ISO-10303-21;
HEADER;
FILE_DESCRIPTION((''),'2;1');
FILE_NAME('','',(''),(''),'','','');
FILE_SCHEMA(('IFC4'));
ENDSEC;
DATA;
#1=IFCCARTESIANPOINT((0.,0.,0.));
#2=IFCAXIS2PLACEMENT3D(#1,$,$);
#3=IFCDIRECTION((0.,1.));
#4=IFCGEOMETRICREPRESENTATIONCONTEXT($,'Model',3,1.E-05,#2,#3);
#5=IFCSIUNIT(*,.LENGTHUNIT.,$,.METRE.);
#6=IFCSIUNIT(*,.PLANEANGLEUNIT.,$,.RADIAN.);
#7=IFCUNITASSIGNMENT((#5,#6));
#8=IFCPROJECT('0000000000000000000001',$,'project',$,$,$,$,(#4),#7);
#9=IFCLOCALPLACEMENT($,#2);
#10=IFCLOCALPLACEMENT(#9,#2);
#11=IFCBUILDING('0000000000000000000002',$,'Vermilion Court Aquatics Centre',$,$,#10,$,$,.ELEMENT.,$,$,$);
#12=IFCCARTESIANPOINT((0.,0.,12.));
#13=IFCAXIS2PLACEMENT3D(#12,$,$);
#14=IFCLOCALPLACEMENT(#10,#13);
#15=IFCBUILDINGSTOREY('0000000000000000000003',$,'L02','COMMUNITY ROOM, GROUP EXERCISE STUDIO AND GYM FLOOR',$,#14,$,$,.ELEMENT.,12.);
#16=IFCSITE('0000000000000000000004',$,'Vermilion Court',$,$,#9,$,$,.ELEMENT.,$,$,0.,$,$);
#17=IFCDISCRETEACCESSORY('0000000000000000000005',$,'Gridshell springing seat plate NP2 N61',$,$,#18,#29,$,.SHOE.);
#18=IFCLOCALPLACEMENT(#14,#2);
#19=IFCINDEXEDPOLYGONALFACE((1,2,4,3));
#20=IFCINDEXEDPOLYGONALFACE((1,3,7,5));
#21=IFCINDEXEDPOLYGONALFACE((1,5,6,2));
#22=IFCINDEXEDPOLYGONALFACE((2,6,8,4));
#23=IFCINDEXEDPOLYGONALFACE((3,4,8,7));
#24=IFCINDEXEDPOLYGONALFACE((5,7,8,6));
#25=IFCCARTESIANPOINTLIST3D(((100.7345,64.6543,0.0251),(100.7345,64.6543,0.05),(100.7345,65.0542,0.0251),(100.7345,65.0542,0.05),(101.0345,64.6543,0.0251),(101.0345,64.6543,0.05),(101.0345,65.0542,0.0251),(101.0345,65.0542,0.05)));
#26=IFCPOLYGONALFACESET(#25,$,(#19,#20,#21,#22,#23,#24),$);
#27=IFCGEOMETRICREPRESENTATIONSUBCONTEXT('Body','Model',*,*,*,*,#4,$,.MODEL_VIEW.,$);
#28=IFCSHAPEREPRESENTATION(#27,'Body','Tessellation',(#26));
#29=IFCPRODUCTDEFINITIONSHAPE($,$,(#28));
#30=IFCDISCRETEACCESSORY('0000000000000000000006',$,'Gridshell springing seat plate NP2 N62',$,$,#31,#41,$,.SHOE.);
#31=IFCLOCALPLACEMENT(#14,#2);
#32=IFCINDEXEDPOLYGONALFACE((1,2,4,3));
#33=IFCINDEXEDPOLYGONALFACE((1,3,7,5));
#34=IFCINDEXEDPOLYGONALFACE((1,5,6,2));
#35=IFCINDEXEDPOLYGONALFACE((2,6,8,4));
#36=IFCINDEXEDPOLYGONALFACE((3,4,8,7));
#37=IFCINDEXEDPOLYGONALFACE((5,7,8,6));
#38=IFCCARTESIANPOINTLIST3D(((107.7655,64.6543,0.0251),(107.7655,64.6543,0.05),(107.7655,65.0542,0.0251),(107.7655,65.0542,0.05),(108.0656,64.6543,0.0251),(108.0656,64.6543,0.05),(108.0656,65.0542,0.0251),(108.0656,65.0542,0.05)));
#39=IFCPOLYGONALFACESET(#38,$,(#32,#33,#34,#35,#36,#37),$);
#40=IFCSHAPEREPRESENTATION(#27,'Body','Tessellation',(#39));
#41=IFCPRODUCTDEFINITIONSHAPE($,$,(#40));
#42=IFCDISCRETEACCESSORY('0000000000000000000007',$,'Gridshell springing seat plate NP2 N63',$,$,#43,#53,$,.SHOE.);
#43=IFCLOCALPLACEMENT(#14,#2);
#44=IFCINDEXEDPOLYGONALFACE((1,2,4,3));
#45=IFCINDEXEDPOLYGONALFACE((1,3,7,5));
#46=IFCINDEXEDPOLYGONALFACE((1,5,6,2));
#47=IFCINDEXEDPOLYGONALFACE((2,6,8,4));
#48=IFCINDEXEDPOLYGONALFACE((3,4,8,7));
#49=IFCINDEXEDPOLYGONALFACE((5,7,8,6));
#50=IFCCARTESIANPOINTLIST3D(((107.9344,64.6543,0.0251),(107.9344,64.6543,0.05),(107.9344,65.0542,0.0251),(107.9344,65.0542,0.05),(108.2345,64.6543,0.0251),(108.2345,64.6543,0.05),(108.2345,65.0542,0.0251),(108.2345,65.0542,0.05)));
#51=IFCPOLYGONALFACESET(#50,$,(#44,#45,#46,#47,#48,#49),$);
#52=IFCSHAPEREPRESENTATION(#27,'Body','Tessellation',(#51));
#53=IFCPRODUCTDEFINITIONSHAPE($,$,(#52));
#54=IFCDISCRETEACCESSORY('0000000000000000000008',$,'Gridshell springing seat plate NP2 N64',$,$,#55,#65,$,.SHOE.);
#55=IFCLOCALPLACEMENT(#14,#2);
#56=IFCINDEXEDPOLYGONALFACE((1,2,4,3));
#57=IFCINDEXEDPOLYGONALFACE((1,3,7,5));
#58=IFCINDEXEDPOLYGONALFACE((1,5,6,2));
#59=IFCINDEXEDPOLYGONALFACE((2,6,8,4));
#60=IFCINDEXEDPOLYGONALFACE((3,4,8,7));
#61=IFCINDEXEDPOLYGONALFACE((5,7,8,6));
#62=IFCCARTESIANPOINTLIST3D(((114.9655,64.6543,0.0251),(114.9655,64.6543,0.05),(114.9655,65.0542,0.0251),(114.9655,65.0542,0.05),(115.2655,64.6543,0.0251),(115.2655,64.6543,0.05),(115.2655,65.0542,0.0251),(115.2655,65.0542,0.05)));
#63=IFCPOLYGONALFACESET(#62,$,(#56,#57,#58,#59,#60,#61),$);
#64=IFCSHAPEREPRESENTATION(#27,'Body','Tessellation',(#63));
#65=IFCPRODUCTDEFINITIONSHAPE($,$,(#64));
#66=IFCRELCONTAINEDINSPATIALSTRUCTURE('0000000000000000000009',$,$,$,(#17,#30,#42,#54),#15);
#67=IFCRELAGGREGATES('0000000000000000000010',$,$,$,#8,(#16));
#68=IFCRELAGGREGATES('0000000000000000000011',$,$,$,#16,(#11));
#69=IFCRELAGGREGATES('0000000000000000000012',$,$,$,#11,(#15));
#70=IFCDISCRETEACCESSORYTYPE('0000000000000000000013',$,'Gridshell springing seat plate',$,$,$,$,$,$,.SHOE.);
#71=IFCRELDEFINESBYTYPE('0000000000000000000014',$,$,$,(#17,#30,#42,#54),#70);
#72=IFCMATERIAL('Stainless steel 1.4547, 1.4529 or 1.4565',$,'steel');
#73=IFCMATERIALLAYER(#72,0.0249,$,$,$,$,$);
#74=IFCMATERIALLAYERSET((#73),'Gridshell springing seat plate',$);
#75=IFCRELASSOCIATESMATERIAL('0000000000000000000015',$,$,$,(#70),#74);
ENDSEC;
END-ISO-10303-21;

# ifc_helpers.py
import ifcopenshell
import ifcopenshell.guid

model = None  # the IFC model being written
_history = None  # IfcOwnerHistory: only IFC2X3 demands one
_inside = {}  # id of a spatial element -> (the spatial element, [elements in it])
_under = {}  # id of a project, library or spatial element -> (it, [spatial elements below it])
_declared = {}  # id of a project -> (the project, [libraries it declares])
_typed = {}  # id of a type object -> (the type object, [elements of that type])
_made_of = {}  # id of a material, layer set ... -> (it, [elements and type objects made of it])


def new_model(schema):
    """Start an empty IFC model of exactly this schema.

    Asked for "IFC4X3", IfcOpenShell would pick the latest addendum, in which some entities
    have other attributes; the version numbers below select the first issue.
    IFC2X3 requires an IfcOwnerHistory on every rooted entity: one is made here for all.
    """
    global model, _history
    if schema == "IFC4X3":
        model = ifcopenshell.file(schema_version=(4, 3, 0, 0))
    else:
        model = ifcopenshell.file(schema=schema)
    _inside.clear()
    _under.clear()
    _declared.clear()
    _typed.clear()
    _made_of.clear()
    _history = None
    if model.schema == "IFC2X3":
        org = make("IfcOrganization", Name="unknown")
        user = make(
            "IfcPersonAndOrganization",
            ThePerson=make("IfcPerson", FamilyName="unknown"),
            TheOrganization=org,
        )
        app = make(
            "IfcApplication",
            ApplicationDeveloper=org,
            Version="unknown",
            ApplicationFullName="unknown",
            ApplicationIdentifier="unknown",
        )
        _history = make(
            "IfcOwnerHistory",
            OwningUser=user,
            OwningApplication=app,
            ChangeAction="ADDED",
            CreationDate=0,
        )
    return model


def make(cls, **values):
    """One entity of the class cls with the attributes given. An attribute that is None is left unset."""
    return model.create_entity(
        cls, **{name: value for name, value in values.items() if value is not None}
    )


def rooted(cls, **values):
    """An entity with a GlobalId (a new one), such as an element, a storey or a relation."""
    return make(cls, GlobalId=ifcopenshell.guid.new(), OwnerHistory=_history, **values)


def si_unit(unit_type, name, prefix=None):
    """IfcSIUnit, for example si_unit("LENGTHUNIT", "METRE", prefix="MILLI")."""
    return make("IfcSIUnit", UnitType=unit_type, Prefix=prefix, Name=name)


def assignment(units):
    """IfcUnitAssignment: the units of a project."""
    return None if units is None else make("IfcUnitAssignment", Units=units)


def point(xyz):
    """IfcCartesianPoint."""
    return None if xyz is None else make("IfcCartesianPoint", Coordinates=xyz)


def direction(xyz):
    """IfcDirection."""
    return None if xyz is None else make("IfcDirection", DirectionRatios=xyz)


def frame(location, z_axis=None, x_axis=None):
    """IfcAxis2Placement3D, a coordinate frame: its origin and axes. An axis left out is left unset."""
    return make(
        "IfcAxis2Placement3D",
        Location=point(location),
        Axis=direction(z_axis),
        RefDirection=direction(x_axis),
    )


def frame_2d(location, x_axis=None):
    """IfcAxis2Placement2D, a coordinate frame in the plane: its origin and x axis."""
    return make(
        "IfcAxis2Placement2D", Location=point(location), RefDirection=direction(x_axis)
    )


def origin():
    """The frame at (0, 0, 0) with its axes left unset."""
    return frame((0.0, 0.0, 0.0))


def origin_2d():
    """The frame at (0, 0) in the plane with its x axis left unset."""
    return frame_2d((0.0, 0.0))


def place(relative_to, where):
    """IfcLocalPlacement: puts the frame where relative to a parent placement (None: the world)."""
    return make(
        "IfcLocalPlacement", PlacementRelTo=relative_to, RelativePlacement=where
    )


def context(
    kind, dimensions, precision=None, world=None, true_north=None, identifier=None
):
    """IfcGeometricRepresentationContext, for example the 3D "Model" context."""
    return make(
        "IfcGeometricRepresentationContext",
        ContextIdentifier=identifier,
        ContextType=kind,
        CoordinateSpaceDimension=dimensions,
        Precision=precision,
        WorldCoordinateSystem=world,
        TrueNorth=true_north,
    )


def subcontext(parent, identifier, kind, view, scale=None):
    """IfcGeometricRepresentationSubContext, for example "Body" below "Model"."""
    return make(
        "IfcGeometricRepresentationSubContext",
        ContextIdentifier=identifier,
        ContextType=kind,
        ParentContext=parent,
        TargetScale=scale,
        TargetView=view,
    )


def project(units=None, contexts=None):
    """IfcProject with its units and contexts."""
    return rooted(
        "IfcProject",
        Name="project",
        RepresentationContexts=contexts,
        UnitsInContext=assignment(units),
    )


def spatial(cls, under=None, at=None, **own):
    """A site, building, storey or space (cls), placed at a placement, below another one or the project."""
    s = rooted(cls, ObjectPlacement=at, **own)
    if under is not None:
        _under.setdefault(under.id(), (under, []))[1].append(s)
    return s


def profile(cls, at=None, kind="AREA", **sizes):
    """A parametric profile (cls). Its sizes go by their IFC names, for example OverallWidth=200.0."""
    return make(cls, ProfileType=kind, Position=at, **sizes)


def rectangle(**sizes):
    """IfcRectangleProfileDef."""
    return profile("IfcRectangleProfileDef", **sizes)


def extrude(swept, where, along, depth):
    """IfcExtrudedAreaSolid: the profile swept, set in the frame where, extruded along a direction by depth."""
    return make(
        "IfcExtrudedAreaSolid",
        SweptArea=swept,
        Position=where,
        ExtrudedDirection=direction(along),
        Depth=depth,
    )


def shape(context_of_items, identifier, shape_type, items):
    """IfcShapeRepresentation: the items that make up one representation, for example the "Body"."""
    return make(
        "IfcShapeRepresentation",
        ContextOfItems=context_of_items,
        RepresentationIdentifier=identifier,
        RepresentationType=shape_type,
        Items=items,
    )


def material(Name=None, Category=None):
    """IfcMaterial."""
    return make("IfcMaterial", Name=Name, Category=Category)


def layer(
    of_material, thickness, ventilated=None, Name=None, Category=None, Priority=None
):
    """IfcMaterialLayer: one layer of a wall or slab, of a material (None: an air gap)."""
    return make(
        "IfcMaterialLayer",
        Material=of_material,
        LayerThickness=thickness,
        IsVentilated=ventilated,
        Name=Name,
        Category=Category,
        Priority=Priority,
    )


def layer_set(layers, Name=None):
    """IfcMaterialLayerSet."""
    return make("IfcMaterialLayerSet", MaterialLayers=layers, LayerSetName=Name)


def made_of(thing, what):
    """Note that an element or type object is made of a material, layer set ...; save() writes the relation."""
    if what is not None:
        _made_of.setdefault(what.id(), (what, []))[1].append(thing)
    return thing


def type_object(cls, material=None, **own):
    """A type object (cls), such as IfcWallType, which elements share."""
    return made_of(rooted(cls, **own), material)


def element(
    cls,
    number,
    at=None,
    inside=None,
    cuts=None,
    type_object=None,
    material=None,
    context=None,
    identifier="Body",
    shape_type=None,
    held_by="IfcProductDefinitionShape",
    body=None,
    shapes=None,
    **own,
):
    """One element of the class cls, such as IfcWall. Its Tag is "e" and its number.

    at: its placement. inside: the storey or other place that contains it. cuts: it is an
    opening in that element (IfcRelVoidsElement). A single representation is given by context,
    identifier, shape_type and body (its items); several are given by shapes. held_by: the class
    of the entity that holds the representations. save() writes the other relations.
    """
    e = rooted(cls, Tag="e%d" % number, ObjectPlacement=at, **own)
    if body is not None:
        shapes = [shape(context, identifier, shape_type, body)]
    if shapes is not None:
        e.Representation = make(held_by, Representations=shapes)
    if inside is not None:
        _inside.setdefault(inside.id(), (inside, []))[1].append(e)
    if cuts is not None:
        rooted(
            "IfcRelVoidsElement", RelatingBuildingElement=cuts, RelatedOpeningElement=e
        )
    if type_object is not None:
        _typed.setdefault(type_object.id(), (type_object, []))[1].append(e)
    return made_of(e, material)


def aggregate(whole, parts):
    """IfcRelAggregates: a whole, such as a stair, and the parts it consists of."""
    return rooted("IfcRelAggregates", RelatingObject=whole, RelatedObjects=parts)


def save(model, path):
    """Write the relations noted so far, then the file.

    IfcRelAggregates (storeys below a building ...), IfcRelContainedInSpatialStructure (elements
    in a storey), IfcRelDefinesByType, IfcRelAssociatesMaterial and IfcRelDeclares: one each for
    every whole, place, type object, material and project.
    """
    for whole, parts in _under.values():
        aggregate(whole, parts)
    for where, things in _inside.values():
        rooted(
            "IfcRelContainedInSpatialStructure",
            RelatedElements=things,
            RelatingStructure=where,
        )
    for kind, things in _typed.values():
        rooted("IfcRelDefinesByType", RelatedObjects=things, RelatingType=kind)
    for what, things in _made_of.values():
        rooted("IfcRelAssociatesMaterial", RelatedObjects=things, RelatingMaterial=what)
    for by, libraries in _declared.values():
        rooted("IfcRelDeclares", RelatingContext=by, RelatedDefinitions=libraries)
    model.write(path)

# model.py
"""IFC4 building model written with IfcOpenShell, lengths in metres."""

from ifc_helpers import new_model, si_unit, direction, frame, origin, origin_2d, place, context, subcontext, project, spatial, rectangle, extrude, material, layer, layer_set, type_object, element, save


model = new_model("IFC4")

# Units and contexts
model_context = context("Model", 3, precision=1e-05, world=origin(), true_north=direction((0.0, 1.0)))
body_context = subcontext(model_context, "Body", "Model", "MODEL_VIEW")
ifc_project = project(units=[si_unit("LENGTHUNIT", "METRE"), si_unit("PLANEANGLEUNIT", "RADIAN")], contexts=[model_context])

# Site, building, storey
site_placement = place(None, origin())
site = spatial("IfcSite", under=ifc_project, at=site_placement, Name="Vermilion Court", CompositionType="ELEMENT", RefElevation=0.0)
building_placement = place(site_placement, origin())
building = spatial("IfcBuilding", under=site, at=building_placement, Name="Vermilion Court Aquatics Centre", CompositionType="ELEMENT")
storey_placement = place(building_placement, frame((0.0, 0.0, 12.0)))
storey = spatial("IfcBuildingStorey", under=building, at=storey_placement, Name="L02", Description="COMMUNITY ROOM, GROUP EXERCISE STUDIO AND GYM FLOOR", CompositionType="ELEMENT", Elevation=12.0)

# Discrete accessories
ifc_material_1 = material(Name="Stainless steel 1.4547, 1.4529 or 1.4565", Category="steel")
ifc_layer_1 = layer(ifc_material_1, 0.0249)
ifc_layer_set_1 = layer_set([ifc_layer_1], Name="Gridshell springing seat plate")
discrete_accessory_type_1 = type_object("IfcDiscreteAccessoryType", Name="Gridshell springing seat plate", PredefinedType="SHOE", material=ifc_layer_set_1)
for number, where, z_axis, x_axis, name in (
    (1, (100.8845, 64.8542, 0.0251), (0.0, 0.0, 1.0), (1.0, 0.0, 0.0), "Gridshell springing seat plate NP2 N61"),
    (2, (107.9155, 64.8542, 0.0251), (0.0, 0.0, 1.0), (1.0, 0.0, 0.0), "Gridshell springing seat plate NP2 N62"),
    (3, (108.0845, 64.8542, 0.0251), (0.0, 0.0, 1.0), (1.0, 0.0, 0.0), "Gridshell springing seat plate NP2 N63"),
    (4, (115.1155, 64.8542, 0.0251), (0.0, 0.0, 1.0), (1.0, 0.0, 0.0), "Gridshell springing seat plate NP2 N64"),
):
    element("IfcDiscreteAccessory", number, at=place(storey_placement, frame(where, z_axis=z_axis, x_axis=x_axis)), inside=storey, type_object=discrete_accessory_type_1, Name=name, PredefinedType="SHOE", context=body_context, shape_type="SweptSolid", body=[
        extrude(rectangle(XDim=0.3, YDim=0.3999, at=origin_2d()), origin(), (0.0, 0.0, 1.0), 0.0249),
    ])

save(model, "model.ifc")
